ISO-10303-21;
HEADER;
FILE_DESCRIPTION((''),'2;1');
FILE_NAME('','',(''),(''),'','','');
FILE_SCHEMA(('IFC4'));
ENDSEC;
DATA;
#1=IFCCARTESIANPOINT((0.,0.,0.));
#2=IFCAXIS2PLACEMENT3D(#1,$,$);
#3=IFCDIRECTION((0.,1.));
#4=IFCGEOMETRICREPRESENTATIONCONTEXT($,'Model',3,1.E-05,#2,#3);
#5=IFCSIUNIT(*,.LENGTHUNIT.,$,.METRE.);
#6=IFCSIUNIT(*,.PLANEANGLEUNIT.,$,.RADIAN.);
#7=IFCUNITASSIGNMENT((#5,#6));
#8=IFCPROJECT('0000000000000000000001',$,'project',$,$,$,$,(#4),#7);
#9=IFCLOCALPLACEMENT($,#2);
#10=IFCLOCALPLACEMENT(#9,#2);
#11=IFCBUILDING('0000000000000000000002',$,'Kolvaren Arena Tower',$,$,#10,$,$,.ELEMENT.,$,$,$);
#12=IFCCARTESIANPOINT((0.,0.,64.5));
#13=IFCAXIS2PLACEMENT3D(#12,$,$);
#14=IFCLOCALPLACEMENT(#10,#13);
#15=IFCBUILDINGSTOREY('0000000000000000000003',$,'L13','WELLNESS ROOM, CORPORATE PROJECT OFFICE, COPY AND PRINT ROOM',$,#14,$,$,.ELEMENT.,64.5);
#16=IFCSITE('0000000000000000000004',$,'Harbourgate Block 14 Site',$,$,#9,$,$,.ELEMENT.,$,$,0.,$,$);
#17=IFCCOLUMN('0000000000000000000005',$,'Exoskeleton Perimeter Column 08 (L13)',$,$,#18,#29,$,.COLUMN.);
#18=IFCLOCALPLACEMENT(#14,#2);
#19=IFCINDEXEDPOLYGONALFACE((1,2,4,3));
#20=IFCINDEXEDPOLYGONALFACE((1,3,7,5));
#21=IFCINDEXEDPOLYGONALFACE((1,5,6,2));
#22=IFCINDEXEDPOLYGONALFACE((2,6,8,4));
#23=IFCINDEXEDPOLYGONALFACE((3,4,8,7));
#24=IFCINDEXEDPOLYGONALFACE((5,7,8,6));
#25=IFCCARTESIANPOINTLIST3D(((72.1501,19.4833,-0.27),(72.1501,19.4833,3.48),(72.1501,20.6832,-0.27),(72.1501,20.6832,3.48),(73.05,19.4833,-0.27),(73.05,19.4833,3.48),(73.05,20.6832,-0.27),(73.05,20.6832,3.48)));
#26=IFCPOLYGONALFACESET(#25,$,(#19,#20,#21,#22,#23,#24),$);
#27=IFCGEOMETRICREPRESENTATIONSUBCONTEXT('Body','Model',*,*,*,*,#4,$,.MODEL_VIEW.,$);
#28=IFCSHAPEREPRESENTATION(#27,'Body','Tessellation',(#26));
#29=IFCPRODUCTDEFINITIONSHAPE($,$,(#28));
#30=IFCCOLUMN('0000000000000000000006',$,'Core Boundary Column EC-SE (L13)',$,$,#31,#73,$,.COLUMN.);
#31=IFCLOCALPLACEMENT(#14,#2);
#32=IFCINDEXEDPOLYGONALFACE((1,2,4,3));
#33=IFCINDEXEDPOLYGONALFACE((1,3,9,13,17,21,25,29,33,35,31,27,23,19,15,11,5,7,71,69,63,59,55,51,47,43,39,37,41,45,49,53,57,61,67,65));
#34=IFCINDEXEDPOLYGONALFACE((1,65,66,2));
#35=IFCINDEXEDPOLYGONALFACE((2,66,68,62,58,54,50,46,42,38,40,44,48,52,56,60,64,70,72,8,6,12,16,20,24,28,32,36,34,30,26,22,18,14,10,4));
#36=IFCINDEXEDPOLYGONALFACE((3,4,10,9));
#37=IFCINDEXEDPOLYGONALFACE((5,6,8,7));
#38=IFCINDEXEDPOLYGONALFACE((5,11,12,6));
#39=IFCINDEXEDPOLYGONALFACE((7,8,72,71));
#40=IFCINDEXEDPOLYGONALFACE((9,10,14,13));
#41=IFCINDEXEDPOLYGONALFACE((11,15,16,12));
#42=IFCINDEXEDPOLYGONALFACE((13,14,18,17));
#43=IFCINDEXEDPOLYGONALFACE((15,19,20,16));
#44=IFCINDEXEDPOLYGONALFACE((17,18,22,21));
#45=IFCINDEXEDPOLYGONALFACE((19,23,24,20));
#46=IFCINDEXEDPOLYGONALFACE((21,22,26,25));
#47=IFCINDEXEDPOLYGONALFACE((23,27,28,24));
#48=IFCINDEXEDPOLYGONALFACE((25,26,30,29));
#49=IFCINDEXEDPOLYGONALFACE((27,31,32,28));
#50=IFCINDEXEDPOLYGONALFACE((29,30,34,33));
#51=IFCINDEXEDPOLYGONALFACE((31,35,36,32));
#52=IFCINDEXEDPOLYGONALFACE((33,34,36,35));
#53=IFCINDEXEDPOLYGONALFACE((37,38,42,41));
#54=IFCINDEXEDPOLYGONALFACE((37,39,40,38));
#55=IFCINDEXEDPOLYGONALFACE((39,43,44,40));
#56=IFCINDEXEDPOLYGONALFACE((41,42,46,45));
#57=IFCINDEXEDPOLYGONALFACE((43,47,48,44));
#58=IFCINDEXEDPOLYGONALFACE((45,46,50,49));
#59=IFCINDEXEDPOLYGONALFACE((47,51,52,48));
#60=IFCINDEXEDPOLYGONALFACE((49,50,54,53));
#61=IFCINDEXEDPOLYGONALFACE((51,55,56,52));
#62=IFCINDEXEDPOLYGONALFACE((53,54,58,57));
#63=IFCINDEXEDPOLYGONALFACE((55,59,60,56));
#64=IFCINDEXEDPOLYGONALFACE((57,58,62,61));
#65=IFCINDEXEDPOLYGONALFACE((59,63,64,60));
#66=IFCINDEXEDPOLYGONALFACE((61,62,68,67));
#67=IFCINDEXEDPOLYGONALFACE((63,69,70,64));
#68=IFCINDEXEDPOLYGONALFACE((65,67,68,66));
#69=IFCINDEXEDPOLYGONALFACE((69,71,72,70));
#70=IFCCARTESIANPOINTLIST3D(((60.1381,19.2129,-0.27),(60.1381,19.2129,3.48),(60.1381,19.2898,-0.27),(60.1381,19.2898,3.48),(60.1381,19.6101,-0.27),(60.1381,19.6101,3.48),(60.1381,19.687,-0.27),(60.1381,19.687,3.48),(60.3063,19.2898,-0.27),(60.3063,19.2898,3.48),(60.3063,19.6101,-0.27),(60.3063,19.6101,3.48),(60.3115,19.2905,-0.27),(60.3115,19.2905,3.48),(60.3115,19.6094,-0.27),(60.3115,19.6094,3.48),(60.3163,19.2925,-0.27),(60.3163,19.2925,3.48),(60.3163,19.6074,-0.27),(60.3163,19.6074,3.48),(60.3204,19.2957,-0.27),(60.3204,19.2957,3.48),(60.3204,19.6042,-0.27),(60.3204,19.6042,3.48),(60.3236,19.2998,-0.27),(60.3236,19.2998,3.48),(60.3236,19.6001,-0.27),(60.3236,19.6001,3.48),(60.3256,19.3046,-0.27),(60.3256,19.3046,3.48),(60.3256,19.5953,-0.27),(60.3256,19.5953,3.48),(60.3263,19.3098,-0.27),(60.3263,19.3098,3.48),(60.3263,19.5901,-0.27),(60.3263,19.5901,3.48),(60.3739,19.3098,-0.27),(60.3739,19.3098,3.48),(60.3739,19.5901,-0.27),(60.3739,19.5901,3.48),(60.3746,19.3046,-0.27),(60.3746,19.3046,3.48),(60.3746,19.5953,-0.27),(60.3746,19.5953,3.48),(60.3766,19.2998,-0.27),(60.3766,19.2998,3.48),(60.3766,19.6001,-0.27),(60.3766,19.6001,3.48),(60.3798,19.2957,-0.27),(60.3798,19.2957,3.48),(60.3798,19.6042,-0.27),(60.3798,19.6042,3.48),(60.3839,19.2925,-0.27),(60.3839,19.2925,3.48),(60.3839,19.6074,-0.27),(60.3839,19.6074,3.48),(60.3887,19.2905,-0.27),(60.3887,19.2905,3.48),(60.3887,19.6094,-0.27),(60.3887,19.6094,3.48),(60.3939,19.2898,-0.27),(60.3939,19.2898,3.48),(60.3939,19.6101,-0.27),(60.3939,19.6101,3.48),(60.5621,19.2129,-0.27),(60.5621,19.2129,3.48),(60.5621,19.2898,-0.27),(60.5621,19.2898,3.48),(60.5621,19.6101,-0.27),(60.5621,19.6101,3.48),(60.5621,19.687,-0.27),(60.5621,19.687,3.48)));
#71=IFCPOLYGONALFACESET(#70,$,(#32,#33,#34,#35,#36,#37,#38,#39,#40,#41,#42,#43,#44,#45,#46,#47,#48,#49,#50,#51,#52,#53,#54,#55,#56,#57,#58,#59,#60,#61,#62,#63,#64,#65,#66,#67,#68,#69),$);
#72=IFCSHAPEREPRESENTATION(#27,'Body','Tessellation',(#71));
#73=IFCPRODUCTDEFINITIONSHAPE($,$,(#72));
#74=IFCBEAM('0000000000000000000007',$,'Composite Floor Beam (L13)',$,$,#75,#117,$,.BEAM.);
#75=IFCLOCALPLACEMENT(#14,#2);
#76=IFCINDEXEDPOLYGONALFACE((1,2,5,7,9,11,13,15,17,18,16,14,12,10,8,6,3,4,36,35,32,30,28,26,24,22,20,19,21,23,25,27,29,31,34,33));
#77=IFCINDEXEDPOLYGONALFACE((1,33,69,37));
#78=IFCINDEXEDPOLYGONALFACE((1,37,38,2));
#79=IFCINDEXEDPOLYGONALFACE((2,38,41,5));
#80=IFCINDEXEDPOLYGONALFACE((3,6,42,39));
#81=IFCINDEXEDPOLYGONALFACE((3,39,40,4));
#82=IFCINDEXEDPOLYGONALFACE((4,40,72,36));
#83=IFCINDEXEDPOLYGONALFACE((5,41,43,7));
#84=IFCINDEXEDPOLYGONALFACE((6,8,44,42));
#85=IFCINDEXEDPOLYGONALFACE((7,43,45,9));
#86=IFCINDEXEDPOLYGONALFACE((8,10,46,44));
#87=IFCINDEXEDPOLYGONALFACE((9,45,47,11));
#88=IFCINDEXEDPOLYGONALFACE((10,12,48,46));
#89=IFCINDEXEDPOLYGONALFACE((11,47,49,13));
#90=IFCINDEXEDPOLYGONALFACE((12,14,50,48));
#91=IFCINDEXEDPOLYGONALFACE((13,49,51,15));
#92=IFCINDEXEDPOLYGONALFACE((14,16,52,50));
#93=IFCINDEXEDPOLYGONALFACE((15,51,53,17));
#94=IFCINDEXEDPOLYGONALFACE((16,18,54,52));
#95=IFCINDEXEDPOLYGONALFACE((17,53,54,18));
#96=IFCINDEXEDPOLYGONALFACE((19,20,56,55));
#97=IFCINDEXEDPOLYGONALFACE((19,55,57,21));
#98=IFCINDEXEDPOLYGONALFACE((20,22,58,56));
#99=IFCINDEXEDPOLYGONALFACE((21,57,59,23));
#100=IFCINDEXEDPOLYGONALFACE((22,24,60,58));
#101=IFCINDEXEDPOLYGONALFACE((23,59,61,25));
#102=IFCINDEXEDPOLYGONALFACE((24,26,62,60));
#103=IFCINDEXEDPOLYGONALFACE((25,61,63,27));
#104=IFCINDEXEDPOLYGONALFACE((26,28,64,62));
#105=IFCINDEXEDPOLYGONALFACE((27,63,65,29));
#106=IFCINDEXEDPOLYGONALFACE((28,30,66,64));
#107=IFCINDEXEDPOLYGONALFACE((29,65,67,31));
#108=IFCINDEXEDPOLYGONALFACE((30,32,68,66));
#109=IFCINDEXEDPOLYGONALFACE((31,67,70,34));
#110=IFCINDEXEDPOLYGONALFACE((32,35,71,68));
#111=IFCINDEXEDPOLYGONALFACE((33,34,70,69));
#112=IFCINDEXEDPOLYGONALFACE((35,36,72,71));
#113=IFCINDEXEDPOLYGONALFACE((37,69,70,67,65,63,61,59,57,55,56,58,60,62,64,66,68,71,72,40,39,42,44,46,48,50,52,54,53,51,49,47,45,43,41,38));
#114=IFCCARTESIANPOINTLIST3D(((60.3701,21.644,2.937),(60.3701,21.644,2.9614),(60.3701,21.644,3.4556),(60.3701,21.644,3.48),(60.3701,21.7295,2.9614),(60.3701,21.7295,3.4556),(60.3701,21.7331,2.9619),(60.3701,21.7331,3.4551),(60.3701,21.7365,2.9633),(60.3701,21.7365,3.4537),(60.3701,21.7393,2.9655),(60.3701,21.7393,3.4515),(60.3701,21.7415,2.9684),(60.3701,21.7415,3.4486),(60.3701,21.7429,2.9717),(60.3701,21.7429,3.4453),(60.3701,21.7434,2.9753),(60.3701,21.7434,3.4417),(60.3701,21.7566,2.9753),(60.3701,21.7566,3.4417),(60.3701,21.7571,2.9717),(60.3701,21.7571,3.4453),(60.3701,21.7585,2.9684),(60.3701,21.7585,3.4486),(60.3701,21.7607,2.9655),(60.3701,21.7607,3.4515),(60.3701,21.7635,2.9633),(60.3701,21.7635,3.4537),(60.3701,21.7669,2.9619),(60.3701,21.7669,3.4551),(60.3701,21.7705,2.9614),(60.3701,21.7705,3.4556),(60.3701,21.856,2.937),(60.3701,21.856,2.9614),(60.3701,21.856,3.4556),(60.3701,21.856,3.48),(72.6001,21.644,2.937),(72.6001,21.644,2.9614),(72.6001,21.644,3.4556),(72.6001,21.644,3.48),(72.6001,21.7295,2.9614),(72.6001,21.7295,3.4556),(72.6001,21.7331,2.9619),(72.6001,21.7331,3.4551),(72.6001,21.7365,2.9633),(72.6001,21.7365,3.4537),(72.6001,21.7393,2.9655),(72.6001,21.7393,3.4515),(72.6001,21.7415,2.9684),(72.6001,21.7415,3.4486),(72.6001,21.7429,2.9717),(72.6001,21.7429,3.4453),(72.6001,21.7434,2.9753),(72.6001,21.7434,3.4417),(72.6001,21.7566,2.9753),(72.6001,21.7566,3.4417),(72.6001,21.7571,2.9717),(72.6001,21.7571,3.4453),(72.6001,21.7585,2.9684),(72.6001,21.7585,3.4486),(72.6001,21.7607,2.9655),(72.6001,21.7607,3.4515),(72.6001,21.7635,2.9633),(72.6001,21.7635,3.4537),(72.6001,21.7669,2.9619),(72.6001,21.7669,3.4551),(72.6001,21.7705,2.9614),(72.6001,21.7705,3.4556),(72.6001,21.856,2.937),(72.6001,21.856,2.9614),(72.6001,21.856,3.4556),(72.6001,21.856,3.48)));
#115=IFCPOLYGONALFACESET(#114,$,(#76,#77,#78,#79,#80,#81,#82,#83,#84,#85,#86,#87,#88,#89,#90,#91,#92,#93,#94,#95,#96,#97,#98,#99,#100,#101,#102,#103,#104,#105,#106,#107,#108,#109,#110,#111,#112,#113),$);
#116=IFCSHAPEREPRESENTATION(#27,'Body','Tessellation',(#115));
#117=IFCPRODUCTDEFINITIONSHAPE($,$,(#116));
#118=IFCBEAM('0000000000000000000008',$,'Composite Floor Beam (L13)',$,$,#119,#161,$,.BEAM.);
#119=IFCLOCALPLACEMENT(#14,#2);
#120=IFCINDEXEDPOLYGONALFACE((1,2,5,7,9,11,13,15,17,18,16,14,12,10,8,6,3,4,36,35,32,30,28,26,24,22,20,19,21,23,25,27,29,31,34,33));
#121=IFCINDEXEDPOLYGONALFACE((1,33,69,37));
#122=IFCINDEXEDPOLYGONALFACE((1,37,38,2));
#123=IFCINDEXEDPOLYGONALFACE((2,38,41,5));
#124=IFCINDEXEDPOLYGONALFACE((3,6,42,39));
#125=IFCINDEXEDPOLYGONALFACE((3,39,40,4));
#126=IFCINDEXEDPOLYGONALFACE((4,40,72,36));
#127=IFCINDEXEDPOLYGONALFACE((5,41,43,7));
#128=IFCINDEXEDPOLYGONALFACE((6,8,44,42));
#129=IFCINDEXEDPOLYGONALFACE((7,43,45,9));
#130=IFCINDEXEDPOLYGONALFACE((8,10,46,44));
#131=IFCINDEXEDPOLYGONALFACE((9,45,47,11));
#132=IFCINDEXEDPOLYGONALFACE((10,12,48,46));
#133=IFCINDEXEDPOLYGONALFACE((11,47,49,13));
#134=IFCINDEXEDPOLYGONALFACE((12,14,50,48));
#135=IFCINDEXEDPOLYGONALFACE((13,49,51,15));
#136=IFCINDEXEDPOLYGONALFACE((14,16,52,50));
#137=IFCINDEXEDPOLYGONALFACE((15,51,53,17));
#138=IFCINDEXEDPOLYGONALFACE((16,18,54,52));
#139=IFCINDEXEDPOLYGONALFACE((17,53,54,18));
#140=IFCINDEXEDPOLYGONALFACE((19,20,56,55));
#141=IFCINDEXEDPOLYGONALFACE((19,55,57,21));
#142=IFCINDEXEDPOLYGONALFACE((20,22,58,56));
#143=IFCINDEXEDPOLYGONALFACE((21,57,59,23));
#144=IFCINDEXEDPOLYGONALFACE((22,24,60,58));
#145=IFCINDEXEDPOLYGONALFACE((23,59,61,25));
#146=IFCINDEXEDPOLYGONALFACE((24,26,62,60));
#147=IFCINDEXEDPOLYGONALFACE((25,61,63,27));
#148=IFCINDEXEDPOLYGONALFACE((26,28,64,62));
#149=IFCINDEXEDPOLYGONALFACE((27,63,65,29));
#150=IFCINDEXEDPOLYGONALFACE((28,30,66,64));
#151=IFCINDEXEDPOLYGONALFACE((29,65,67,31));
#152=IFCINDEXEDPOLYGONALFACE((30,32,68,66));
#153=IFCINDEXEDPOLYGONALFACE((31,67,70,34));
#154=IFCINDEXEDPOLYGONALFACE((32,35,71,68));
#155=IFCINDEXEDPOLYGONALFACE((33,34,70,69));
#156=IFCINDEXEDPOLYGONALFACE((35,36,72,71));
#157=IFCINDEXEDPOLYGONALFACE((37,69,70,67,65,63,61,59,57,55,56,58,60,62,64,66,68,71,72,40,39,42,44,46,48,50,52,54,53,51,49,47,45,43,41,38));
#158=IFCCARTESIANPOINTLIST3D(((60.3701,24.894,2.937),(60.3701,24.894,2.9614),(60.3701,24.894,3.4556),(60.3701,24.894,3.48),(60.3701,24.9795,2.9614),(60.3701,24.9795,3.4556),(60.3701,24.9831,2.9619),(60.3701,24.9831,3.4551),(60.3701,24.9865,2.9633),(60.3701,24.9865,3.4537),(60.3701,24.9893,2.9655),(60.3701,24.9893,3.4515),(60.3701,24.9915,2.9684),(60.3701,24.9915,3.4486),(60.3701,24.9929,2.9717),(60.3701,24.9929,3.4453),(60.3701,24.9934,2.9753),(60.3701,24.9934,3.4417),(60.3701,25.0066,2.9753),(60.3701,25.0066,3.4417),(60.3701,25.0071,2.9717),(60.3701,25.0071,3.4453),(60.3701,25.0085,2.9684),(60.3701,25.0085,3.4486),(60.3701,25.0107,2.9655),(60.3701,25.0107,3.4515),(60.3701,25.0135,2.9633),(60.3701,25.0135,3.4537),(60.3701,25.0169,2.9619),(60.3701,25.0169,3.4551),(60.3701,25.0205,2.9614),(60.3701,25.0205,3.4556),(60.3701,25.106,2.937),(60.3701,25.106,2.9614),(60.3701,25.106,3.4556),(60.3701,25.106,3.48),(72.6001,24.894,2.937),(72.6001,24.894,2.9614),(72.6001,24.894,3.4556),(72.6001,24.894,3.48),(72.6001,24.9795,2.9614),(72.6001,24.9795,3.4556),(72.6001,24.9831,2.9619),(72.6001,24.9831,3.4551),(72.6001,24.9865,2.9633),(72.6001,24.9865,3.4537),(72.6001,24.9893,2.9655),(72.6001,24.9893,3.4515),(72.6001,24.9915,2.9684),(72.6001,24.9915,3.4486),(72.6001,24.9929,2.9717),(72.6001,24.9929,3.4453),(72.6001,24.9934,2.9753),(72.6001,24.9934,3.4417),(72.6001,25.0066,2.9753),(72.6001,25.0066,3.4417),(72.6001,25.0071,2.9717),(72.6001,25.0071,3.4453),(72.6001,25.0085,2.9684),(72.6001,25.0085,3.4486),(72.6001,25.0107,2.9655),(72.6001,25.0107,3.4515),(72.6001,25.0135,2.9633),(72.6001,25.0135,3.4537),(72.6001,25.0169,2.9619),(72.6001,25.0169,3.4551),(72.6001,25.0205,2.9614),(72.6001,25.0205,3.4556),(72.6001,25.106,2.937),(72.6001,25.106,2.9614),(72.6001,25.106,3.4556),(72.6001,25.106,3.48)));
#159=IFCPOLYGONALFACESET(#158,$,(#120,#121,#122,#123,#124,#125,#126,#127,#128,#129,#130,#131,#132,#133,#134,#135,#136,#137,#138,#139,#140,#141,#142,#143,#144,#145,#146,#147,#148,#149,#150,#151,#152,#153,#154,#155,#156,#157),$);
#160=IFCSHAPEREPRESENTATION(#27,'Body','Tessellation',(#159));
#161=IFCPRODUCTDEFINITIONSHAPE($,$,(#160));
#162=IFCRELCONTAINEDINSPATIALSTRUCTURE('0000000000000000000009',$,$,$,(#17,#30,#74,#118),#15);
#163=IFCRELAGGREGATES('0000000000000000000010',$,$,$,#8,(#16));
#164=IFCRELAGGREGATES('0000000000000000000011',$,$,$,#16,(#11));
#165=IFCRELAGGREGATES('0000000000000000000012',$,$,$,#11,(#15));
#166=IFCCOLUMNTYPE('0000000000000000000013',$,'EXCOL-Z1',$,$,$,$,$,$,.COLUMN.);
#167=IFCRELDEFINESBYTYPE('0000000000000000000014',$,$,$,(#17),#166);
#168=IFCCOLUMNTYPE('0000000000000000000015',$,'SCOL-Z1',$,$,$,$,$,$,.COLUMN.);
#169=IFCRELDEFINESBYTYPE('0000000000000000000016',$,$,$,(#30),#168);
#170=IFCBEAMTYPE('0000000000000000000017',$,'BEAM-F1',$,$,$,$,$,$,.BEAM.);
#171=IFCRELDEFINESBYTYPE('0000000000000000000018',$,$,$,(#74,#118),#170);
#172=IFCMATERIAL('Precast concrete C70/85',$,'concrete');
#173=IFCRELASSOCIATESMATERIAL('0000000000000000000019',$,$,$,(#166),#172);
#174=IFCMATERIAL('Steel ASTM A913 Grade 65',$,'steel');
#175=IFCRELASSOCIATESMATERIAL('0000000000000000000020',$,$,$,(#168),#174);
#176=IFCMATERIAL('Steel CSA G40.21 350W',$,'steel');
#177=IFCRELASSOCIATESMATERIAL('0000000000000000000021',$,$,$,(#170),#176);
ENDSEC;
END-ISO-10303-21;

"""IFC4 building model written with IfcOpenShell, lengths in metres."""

from ifc_helpers import new_model, si_unit, direction, frame, origin, origin_2d, place, context, subcontext, project, spatial, rectangle, i_section, extrude, material, material_profile, profile_set, type_object, element, save


model = new_model("IFC4")

# Units and contexts
model_context = context("Model", 3, precision=1e-05, world=origin(), true_north=direction((0.0, 1.0)))
body_context = subcontext(model_context, "Body", "Model", "MODEL_VIEW")
ifc_project = project(units=[si_unit("LENGTHUNIT", "METRE"), si_unit("PLANEANGLEUNIT", "RADIAN")], contexts=[model_context])

# Site, building, storey
site_placement = place(None, origin())
site = spatial("IfcSite", under=ifc_project, at=site_placement, Name="Harbourgate Block 14 Site", CompositionType="ELEMENT", RefElevation=0.0)
building_placement = place(site_placement, origin())
building = spatial("IfcBuilding", under=site, at=building_placement, Name="Kolvaren Arena Tower", CompositionType="ELEMENT")
storey_placement = place(building_placement, frame((0.0, 0.0, 64.5)))
storey = spatial("IfcBuildingStorey", under=building, at=storey_placement, Name="L13", Description="WELLNESS ROOM, CORPORATE PROJECT OFFICE, COPY AND PRINT ROOM", CompositionType="ELEMENT", Elevation=64.5)

# Columns
ifc_material_1 = material(Name="Precast concrete C70/85", Category="concrete")
ifc_material_profile_1 = material_profile(ifc_material_1, rectangle(XDim=1.2, YDim=0.8999, at=origin_2d()), Name="RC-1200x900")
ifc_profile_set_1 = profile_set([ifc_material_profile_1], Name="Precast concrete C70/85")
column_type_1 = type_object("IfcColumnType", Name="EXCOL-Z1", PredefinedType="COLUMN", material=ifc_profile_set_1)
column_1_placement = place(storey_placement, frame((72.6001, 20.0833, -0.27), z_axis=(0.0, 0.0, 1.0), x_axis=(0.0, 1.0, 0.0)))
element("IfcColumn", 1, at=column_1_placement, inside=storey, type_object=column_type_1, Name="Exoskeleton Perimeter Column 08 (L13)", PredefinedType="COLUMN", context=body_context, shape_type="SweptSolid", body=[
    extrude(rectangle(XDim=1.2, YDim=0.8999, at=origin_2d()), origin(), (0.0, 0.0, 1.0), 3.75),
])
ifc_material_2 = material(Name="Steel ASTM A913 Grade 65", Category="steel")
ifc_material_profile_2 = material_profile(ifc_material_2, i_section(OverallWidth=0.4241, OverallDepth=0.4741, WebThickness=0.0476, FlangeThickness=0.0769, FilletRadius=0.02, at=origin_2d()), Name="W360x634")
ifc_profile_set_2 = profile_set([ifc_material_profile_2], Name="Steel ASTM A913 Grade 65")
column_type_2 = type_object("IfcColumnType", Name="SCOL-Z1", PredefinedType="COLUMN", material=ifc_profile_set_2)
column_2_placement = place(storey_placement, frame((60.3501, 19.45, -0.27), z_axis=(0.0, 0.0, 1.0), x_axis=(1.0, 0.0, 0.0)))
element("IfcColumn", 2, at=column_2_placement, inside=storey, type_object=column_type_2, Name="Core Boundary Column EC-SE (L13)", PredefinedType="COLUMN", context=body_context, shape_type="SweptSolid", body=[
    extrude(i_section(OverallWidth=0.4241, OverallDepth=0.4741, WebThickness=0.0476, FlangeThickness=0.0769, FilletRadius=0.02, at=origin_2d()), origin(), (0.0, 0.0, 1.0), 3.75),
])

# Beams
ifc_material_3 = material(Name="Steel CSA G40.21 350W", Category="steel")
ifc_material_profile_3 = material_profile(ifc_material_3, i_section(OverallWidth=0.2119, OverallDepth=0.543, WebThickness=0.0132, FlangeThickness=0.0244, FilletRadius=0.0139, at=origin_2d()), Name="W530x150")
ifc_profile_set_3 = profile_set([ifc_material_profile_3], Name="Steel CSA G40.21 350W")
beam_type_1 = type_object("IfcBeamType", Name="BEAM-F1", PredefinedType="BEAM", material=ifc_profile_set_3)
for number, where, z_axis, x_axis, name in (
    (3, (60.3701, 21.75, 3.2085), (1.0, 0.0, 0.0), (0.0, 1.0, 0.0), "Composite Floor Beam (L13)"),
    (4, (60.3701, 25.0, 3.2085), (1.0, 0.0, 0.0), (0.0, 1.0, 0.0), "Composite Floor Beam (L13)"),
):
    element("IfcBeam", number, at=place(storey_placement, frame(where, z_axis=z_axis, x_axis=x_axis)), inside=storey, type_object=beam_type_1, Name=name, PredefinedType="BEAM", context=body_context, shape_type="SweptSolid", body=[
        extrude(i_section(OverallWidth=0.2119, OverallDepth=0.543, WebThickness=0.0132, FlangeThickness=0.0244, FilletRadius=0.0139, at=origin_2d()), origin(), (0.0, 0.0, 1.0), 12.23),
    ])

save(model, "model.ifc")
